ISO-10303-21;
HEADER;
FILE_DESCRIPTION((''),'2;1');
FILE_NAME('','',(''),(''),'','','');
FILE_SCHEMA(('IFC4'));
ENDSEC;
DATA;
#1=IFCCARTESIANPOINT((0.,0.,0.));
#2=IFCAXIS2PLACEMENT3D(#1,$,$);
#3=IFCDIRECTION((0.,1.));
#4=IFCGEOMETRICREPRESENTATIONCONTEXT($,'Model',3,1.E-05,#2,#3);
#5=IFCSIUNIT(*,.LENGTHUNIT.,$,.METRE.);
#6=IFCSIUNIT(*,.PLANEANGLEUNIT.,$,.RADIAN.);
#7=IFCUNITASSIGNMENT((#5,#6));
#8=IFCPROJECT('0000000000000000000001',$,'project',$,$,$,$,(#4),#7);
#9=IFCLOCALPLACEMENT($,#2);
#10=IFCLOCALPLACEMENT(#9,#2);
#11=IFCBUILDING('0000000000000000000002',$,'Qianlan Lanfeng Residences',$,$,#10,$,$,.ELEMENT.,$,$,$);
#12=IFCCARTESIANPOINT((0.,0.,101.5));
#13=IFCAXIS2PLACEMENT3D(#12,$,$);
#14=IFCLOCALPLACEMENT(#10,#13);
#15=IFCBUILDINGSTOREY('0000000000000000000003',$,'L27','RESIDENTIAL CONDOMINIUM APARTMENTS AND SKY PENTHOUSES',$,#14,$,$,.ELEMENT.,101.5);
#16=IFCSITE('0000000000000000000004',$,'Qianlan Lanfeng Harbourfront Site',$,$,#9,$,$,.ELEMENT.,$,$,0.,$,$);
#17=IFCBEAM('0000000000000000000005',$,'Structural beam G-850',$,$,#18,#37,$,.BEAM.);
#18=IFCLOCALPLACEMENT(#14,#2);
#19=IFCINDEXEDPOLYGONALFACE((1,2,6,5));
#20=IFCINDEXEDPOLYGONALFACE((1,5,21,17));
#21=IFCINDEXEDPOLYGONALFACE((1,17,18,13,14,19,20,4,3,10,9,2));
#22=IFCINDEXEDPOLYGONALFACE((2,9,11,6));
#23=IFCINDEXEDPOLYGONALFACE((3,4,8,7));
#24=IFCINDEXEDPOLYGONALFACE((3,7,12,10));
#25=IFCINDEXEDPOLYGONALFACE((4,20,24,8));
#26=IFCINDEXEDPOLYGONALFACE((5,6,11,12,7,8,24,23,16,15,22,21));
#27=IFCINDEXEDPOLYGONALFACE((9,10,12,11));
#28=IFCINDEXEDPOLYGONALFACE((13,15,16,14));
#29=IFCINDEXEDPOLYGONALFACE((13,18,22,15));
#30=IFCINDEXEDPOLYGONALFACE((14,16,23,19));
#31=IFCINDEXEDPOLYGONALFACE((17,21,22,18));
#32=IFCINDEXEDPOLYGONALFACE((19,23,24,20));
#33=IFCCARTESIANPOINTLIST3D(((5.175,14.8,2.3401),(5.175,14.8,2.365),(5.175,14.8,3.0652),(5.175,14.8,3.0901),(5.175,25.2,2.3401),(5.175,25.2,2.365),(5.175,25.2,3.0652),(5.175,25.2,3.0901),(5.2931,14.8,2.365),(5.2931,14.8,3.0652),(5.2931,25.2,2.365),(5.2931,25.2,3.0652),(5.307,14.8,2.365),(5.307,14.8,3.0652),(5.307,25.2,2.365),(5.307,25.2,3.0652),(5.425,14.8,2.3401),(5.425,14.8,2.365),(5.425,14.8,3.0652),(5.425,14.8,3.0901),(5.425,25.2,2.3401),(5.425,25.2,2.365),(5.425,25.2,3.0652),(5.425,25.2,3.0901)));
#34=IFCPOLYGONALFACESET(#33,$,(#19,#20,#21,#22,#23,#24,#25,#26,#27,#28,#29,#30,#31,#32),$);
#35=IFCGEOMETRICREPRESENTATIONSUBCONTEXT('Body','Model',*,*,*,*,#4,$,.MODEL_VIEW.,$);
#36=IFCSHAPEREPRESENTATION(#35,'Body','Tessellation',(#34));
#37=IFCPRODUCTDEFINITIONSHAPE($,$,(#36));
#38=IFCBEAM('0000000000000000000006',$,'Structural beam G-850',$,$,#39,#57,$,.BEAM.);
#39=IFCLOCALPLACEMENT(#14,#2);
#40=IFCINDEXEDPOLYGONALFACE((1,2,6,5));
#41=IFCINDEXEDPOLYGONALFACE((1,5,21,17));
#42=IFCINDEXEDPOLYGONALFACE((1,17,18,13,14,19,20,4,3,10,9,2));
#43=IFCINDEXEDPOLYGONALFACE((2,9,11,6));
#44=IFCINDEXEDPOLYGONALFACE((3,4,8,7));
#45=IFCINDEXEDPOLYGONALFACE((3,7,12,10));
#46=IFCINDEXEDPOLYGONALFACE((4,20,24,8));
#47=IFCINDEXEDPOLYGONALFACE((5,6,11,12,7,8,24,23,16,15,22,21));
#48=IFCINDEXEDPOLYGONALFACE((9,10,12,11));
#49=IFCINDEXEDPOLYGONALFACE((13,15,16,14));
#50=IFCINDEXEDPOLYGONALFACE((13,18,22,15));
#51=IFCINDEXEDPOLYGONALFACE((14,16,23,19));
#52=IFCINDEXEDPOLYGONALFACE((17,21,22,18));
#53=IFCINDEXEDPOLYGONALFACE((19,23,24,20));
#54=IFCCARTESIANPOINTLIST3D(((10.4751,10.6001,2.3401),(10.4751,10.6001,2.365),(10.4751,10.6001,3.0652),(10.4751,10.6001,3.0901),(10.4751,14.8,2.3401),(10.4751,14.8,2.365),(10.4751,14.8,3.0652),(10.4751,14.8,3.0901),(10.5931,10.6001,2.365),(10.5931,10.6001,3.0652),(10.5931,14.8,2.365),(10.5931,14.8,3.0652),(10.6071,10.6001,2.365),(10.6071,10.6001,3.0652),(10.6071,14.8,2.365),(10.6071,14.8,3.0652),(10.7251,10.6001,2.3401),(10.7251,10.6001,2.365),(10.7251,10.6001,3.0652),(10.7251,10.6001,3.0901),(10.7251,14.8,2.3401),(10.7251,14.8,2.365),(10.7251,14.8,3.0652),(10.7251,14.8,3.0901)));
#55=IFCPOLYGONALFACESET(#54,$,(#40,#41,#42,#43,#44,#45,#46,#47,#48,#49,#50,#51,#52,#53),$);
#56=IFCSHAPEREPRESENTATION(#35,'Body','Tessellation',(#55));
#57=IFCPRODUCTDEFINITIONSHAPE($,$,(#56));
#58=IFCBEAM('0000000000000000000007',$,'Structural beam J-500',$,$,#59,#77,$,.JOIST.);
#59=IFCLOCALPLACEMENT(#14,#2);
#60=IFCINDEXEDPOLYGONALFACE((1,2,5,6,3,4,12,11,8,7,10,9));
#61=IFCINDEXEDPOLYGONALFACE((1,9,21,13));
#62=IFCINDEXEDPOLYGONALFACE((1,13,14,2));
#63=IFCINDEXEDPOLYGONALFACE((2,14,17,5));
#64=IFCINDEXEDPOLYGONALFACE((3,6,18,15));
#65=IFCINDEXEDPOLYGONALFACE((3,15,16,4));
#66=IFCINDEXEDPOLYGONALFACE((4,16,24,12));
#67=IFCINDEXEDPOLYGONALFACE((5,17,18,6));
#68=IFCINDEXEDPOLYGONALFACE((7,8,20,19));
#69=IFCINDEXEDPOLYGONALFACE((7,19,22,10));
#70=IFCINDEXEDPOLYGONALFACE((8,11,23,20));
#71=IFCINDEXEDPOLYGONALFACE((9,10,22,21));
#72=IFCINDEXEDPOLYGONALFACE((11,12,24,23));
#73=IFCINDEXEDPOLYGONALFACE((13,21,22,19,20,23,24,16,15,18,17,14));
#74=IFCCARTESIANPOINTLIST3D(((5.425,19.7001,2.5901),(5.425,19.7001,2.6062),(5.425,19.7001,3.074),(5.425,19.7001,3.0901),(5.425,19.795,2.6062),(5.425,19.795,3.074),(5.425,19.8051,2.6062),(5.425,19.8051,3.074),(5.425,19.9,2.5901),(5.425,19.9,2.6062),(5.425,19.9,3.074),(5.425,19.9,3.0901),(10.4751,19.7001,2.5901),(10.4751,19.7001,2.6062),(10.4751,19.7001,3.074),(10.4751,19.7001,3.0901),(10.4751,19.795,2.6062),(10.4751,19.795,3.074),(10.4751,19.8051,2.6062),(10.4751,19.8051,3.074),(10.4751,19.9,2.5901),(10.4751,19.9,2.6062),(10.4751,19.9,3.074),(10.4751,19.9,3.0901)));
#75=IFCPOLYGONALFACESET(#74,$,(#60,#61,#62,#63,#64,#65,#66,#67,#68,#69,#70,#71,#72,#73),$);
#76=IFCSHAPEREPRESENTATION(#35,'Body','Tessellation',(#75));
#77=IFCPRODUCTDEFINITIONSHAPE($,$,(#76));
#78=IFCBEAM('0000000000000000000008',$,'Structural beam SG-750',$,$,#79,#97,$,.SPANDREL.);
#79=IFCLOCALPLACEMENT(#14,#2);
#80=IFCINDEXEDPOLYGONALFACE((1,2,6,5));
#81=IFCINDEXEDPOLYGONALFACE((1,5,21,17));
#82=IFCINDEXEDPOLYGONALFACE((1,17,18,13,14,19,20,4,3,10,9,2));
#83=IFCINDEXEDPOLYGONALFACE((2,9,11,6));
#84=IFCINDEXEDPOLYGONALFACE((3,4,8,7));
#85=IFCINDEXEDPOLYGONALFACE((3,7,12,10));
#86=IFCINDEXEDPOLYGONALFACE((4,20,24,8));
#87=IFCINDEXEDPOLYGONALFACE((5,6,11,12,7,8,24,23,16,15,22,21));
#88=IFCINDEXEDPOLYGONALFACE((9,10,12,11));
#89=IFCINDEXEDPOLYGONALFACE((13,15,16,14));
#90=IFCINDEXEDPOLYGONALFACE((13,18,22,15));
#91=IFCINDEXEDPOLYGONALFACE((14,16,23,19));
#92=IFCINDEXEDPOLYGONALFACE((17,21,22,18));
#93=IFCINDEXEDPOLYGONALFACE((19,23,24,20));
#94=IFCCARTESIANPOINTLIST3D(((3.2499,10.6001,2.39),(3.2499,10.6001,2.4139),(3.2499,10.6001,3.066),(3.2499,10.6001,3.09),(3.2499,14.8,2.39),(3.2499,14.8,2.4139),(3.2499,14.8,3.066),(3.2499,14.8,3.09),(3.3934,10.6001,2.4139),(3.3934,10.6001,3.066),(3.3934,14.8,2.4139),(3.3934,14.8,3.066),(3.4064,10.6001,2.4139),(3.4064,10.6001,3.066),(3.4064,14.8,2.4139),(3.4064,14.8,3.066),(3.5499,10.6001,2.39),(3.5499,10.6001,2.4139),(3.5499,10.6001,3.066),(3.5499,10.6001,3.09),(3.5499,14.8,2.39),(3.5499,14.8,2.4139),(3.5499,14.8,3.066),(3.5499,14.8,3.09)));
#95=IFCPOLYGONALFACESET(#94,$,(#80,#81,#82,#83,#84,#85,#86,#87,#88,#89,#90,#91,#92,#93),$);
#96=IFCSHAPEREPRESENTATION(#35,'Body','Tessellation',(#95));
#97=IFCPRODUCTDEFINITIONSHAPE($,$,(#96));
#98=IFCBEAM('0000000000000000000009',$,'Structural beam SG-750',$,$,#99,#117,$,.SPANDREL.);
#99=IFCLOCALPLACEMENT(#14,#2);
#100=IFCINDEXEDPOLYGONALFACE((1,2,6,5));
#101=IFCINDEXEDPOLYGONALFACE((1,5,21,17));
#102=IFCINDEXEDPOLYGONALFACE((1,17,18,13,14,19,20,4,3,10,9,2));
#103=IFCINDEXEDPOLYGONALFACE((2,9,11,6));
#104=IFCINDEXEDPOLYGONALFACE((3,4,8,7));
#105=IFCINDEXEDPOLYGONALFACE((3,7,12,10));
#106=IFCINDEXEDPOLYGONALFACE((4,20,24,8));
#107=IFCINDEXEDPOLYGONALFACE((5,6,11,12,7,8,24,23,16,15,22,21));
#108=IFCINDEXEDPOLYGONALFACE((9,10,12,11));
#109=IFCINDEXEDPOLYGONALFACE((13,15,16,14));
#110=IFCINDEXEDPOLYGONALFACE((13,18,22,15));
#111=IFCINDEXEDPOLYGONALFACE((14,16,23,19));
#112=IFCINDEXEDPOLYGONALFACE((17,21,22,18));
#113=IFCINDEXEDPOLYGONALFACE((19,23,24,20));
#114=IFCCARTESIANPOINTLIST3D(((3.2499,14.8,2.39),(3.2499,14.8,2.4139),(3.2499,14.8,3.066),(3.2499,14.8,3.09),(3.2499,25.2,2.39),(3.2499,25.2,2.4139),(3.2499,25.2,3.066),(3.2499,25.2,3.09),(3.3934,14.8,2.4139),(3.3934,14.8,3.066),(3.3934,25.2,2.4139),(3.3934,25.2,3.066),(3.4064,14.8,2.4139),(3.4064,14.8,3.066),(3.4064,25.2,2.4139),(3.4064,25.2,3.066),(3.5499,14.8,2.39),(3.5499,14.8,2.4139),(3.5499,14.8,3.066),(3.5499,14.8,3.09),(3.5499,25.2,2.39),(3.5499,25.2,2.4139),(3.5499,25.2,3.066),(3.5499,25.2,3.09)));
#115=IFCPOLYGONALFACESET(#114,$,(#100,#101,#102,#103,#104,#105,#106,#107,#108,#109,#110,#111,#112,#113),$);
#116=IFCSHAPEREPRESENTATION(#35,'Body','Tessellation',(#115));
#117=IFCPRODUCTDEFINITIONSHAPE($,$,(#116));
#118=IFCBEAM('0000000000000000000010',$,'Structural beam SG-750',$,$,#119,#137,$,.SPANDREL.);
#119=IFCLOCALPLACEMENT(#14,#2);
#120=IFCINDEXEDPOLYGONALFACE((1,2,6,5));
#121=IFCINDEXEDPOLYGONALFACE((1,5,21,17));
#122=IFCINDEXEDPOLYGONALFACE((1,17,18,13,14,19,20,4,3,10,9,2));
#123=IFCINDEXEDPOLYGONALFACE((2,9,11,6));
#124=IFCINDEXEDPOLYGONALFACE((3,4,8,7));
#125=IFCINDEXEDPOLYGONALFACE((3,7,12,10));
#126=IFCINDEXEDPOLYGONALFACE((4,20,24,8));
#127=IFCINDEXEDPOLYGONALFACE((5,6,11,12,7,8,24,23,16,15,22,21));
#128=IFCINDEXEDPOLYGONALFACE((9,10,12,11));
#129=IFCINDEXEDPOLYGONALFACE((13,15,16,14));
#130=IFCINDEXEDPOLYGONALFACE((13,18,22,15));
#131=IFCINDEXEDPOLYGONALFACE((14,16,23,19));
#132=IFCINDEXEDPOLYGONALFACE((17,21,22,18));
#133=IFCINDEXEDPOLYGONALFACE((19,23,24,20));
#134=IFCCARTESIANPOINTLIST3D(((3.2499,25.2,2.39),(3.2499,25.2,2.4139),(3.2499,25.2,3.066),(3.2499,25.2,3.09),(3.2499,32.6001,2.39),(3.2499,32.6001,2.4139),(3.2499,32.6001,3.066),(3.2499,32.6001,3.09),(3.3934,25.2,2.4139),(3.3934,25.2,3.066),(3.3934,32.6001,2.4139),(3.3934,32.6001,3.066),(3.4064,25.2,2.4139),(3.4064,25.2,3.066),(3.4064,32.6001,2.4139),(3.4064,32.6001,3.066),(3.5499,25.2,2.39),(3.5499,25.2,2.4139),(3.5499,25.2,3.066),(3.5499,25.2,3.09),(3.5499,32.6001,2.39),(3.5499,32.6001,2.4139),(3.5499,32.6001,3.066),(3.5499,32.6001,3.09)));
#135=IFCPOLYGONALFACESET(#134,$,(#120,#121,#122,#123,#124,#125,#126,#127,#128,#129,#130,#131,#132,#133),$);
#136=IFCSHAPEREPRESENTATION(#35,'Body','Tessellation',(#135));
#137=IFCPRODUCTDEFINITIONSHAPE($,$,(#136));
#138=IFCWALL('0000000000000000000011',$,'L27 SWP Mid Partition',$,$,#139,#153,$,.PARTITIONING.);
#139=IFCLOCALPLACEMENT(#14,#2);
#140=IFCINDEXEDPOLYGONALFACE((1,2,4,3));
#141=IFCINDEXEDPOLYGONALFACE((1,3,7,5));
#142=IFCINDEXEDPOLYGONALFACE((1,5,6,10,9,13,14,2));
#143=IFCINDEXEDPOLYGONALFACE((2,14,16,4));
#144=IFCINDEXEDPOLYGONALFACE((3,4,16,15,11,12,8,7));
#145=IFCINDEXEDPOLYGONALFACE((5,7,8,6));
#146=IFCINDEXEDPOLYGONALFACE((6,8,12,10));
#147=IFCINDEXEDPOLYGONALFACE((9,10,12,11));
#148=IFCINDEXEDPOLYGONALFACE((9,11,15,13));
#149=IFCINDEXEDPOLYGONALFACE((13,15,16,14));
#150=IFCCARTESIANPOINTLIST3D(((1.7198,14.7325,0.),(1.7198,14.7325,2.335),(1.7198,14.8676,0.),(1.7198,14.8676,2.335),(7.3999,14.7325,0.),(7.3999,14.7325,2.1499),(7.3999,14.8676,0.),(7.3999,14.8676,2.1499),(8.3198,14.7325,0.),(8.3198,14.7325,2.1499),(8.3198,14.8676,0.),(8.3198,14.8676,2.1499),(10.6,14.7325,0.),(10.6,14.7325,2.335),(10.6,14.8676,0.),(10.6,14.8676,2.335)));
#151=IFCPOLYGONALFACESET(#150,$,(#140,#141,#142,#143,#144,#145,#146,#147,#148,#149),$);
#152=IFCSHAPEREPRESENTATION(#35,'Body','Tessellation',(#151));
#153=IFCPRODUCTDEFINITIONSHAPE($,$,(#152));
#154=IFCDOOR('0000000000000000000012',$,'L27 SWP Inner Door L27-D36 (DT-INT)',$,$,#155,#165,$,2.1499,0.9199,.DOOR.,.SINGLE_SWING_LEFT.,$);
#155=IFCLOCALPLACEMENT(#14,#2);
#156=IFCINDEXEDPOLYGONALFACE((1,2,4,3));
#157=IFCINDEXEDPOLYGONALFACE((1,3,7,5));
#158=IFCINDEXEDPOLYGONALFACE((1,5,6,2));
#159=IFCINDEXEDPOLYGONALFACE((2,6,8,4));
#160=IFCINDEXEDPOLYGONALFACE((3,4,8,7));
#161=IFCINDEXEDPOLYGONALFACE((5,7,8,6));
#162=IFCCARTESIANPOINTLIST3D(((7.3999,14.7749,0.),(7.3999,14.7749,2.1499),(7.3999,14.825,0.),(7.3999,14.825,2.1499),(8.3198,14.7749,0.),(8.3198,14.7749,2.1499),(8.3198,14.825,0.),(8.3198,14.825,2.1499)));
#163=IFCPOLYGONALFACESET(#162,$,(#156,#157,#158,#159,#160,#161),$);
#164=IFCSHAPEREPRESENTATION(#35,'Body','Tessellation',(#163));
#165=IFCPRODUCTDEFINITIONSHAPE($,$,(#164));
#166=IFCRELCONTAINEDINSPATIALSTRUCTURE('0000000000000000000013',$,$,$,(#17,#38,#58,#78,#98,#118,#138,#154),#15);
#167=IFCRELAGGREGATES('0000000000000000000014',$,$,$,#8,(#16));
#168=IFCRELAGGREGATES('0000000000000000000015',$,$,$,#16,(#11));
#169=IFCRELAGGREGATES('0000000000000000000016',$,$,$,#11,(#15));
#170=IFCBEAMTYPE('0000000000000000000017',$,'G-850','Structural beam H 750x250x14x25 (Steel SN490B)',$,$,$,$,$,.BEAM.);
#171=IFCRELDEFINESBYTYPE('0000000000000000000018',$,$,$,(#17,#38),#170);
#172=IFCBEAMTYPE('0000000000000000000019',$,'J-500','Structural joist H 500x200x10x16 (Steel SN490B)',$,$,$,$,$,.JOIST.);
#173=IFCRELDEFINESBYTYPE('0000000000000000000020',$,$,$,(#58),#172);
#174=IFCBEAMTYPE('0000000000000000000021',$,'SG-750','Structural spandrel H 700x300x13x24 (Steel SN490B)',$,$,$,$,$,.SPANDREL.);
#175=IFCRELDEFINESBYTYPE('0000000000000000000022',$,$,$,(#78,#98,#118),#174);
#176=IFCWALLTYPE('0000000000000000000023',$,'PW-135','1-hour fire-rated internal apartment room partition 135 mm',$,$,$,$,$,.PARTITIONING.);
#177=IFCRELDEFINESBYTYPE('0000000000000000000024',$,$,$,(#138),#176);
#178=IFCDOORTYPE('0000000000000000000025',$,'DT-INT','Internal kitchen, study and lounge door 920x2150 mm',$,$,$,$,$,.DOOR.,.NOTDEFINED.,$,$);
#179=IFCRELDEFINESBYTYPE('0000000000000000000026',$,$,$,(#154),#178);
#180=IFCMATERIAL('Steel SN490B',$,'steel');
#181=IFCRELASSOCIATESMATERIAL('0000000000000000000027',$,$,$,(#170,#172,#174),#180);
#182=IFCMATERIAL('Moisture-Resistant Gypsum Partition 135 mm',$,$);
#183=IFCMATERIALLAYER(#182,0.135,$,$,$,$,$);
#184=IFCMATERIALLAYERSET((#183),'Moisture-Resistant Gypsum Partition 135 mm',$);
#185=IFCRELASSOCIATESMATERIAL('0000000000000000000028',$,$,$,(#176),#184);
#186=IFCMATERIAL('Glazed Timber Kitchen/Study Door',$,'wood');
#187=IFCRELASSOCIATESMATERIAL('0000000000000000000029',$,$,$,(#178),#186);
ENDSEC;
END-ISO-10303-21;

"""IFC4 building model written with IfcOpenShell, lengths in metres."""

from ifc_helpers import new_model, si_unit, direction, frame, frame_2d, origin, origin_2d, place, context, subcontext, project, spatial, rectangle, i_section, extrude, material, layer, layer_set, material_profile, profile_set, type_object, element, fill, save


model = new_model("IFC4")

# Units and contexts
model_context = context("Model", 3, precision=1e-05, world=origin(), true_north=direction((0.0, 1.0)))
body_context = subcontext(model_context, "Body", "Model", "MODEL_VIEW")
ifc_project = project(units=[si_unit("LENGTHUNIT", "METRE"), si_unit("PLANEANGLEUNIT", "RADIAN")], contexts=[model_context])

# Site, building, storey
site_placement = place(None, origin())
site = spatial("IfcSite", under=ifc_project, at=site_placement, Name="Qianlan Lanfeng Harbourfront Site", CompositionType="ELEMENT", RefElevation=0.0)
building_placement = place(site_placement, origin())
building = spatial("IfcBuilding", under=site, at=building_placement, Name="Qianlan Lanfeng Residences", CompositionType="ELEMENT")
storey_placement = place(building_placement, frame((0.0, 0.0, 101.5)))
storey = spatial("IfcBuildingStorey", under=building, at=storey_placement, Name="L27", Description="RESIDENTIAL CONDOMINIUM APARTMENTS AND SKY PENTHOUSES", CompositionType="ELEMENT", Elevation=101.5)

# Shared definitions
ifc_material_1 = material(Name="Steel SN490B", Category="steel")

# Beams
ifc_material_profile_1 = material_profile(ifc_material_1, i_section(OverallWidth=0.25, OverallDepth=0.75, WebThickness=0.0139, FlangeThickness=0.0249, at=origin_2d()), Name="H 750x250x14x25")
ifc_profile_set_1 = profile_set([ifc_material_profile_1], Name="Steel SN490B")
beam_type_1 = type_object("IfcBeamType", Name="G-850", Description="Structural beam H 750x250x14x25 (Steel SN490B)", PredefinedType="BEAM", material=ifc_profile_set_1)
beam_1_placement = place(storey_placement, frame((5.3, 14.8, 2.7151), z_axis=(0.0, 1.0, 0.0), x_axis=(-1.0, 0.0, 0.0)))
element("IfcBeam", 1, at=beam_1_placement, inside=storey, type_object=beam_type_1, Name="Structural beam G-850", PredefinedType="BEAM", context=body_context, shape_type="SweptSolid", body=[
    extrude(i_section(OverallWidth=0.25, OverallDepth=0.75, WebThickness=0.0139, FlangeThickness=0.0249, at=origin_2d()), origin(), (0.0, 0.0, 1.0), 10.3999),
])
beam_2_placement = place(storey_placement, frame((10.6001, 10.6001, 2.7151), z_axis=(0.0, 1.0, 0.0), x_axis=(-1.0, 0.0, 0.0)))
element("IfcBeam", 2, at=beam_2_placement, inside=storey, type_object=beam_type_1, Name="Structural beam G-850", PredefinedType="BEAM", context=body_context, shape_type="SweptSolid", body=[
    extrude(i_section(OverallWidth=0.25, OverallDepth=0.75, WebThickness=0.0139, FlangeThickness=0.0249, at=origin_2d()), origin(), (0.0, 0.0, 1.0), 4.2),
])
ifc_material_profile_2 = material_profile(ifc_material_1, i_section(OverallWidth=0.2, OverallDepth=0.5, WebThickness=0.01, FlangeThickness=0.0161, at=origin_2d()), Name="H 500x200x10x16")
ifc_profile_set_2 = profile_set([ifc_material_profile_2], Name="Steel SN490B")
beam_type_2 = type_object("IfcBeamType", Name="J-500", Description="Structural joist H 500x200x10x16 (Steel SN490B)", PredefinedType="JOIST", material=ifc_profile_set_2)
beam_3_placement = place(storey_placement, frame((5.425, 19.8, 2.8401), z_axis=(1.0, 0.0, 0.0), x_axis=(0.0, 1.0, 0.0)))
element("IfcBeam", 3, at=beam_3_placement, inside=storey, type_object=beam_type_2, Name="Structural beam J-500", PredefinedType="JOIST", context=body_context, shape_type="SweptSolid", body=[
    extrude(i_section(OverallWidth=0.2, OverallDepth=0.5, WebThickness=0.01, FlangeThickness=0.0161, at=origin_2d()), origin(), (0.0, 0.0, 1.0), 5.05),
])
ifc_material_profile_3 = material_profile(ifc_material_1, i_section(OverallWidth=0.3, OverallDepth=0.7, WebThickness=0.0129, FlangeThickness=0.0239, at=origin_2d()), Name="H 700x300x13x24")
ifc_profile_set_3 = profile_set([ifc_material_profile_3], Name="Steel SN490B")
beam_type_3 = type_object("IfcBeamType", Name="SG-750", Description="Structural spandrel H 700x300x13x24 (Steel SN490B)", PredefinedType="SPANDREL", material=ifc_profile_set_3)
beam_4_placement = place(storey_placement, frame((3.3999, 10.6001, 2.74), z_axis=(0.0, 1.0, 0.0), x_axis=(-1.0, 0.0, 0.0)))
element("IfcBeam", 4, at=beam_4_placement, inside=storey, type_object=beam_type_3, Name="Structural beam SG-750", PredefinedType="SPANDREL", context=body_context, shape_type="SweptSolid", body=[
    extrude(i_section(OverallWidth=0.3, OverallDepth=0.7, WebThickness=0.0129, FlangeThickness=0.0239, at=origin_2d()), origin(), (0.0, 0.0, 1.0), 4.2),
])
beam_5_placement = place(storey_placement, frame((3.3999, 14.8, 2.74), z_axis=(0.0, 1.0, 0.0), x_axis=(-1.0, 0.0, 0.0)))
element("IfcBeam", 5, at=beam_5_placement, inside=storey, type_object=beam_type_3, Name="Structural beam SG-750", PredefinedType="SPANDREL", context=body_context, shape_type="SweptSolid", body=[
    extrude(i_section(OverallWidth=0.3, OverallDepth=0.7, WebThickness=0.0129, FlangeThickness=0.0239, at=origin_2d()), origin(), (0.0, 0.0, 1.0), 10.3999),
])
beam_6_placement = place(storey_placement, frame((3.3999, 25.2, 2.74), z_axis=(0.0, 1.0, 0.0), x_axis=(-1.0, 0.0, 0.0)))
element("IfcBeam", 6, at=beam_6_placement, inside=storey, type_object=beam_type_3, Name="Structural beam SG-750", PredefinedType="SPANDREL", context=body_context, shape_type="SweptSolid", body=[
    extrude(i_section(OverallWidth=0.3, OverallDepth=0.7, WebThickness=0.0129, FlangeThickness=0.0239, at=origin_2d()), origin(), (0.0, 0.0, 1.0), 7.4001),
])

# Wall, opening, door
ifc_material_2 = material(Name="Moisture-Resistant Gypsum Partition 135 mm")
ifc_layer_1 = layer(ifc_material_2, 0.135)
ifc_layer_set_1 = layer_set([ifc_layer_1], Name="Moisture-Resistant Gypsum Partition 135 mm")
wall_type_1 = type_object("IfcWallType", Name="PW-135", Description="1-hour fire-rated internal apartment room partition 135 mm", PredefinedType="PARTITIONING", material=ifc_layer_set_1)
wall_1_placement = place(storey_placement, frame((1.72, 14.8, 0.0), z_axis=(0.0, 0.0, 1.0), x_axis=(1.0, 0.0, 0.0)))
wall_1 = element("IfcWall", 7, at=wall_1_placement, inside=storey, type_object=wall_type_1, Name="L27 SWP Mid Partition", PredefinedType="PARTITIONING", context=body_context, shape_type="SweptSolid", body=[
    extrude(rectangle(XDim=8.8801, YDim=0.135, at=frame_2d((4.4399, 0.0))), origin(), (0.0, 0.0, 1.0), 2.335),
])
opening_1_placement = place(wall_1_placement, frame((5.6799, 0.0, 0.0)))
opening_1 = element("IfcOpeningElement", 8, at=opening_1_placement, cuts=wall_1, PredefinedType="OPENING", context=body_context, shape_type="SweptSolid", body=[
    extrude(rectangle(XDim=0.9199, YDim=2.1499, at=frame_2d((0.46, 1.075))), frame((0.0, 0.0776, 0.0), z_axis=(0.0, -1.0, 0.0), x_axis=(1.0, 0.0, 0.0)), (0.0, 0.0, 1.0), 0.155),
])
ifc_material_3 = material(Name="Glazed Timber Kitchen/Study Door", Category="wood")
door_type_1 = type_object("IfcDoorType", Name="DT-INT", Description="Internal kitchen, study and lounge door 920x2150 mm", OperationType="NOTDEFINED", PredefinedType="DOOR", material=ifc_material_3)
door_1_placement = place(opening_1_placement, origin())
door_1 = element("IfcDoor", 9, at=door_1_placement, inside=storey, type_object=door_type_1, Name="L27 SWP Inner Door L27-D36 (DT-INT)", OperationType="SINGLE_SWING_LEFT", OverallHeight=2.1499, OverallWidth=0.9199, PredefinedType="DOOR", context=body_context, shape_type="SweptSolid", body=[
    extrude(rectangle(XDim=0.9199, YDim=2.1499, at=frame_2d((0.46, 1.075))), frame((0.0, 0.0249, 0.0), z_axis=(0.0, -1.0, 0.0), x_axis=(1.0, 0.0, 0.0)), (0.0, 0.0, 1.0), 0.05),
])
fill(opening_1, door_1)

save(model, "model.ifc")
